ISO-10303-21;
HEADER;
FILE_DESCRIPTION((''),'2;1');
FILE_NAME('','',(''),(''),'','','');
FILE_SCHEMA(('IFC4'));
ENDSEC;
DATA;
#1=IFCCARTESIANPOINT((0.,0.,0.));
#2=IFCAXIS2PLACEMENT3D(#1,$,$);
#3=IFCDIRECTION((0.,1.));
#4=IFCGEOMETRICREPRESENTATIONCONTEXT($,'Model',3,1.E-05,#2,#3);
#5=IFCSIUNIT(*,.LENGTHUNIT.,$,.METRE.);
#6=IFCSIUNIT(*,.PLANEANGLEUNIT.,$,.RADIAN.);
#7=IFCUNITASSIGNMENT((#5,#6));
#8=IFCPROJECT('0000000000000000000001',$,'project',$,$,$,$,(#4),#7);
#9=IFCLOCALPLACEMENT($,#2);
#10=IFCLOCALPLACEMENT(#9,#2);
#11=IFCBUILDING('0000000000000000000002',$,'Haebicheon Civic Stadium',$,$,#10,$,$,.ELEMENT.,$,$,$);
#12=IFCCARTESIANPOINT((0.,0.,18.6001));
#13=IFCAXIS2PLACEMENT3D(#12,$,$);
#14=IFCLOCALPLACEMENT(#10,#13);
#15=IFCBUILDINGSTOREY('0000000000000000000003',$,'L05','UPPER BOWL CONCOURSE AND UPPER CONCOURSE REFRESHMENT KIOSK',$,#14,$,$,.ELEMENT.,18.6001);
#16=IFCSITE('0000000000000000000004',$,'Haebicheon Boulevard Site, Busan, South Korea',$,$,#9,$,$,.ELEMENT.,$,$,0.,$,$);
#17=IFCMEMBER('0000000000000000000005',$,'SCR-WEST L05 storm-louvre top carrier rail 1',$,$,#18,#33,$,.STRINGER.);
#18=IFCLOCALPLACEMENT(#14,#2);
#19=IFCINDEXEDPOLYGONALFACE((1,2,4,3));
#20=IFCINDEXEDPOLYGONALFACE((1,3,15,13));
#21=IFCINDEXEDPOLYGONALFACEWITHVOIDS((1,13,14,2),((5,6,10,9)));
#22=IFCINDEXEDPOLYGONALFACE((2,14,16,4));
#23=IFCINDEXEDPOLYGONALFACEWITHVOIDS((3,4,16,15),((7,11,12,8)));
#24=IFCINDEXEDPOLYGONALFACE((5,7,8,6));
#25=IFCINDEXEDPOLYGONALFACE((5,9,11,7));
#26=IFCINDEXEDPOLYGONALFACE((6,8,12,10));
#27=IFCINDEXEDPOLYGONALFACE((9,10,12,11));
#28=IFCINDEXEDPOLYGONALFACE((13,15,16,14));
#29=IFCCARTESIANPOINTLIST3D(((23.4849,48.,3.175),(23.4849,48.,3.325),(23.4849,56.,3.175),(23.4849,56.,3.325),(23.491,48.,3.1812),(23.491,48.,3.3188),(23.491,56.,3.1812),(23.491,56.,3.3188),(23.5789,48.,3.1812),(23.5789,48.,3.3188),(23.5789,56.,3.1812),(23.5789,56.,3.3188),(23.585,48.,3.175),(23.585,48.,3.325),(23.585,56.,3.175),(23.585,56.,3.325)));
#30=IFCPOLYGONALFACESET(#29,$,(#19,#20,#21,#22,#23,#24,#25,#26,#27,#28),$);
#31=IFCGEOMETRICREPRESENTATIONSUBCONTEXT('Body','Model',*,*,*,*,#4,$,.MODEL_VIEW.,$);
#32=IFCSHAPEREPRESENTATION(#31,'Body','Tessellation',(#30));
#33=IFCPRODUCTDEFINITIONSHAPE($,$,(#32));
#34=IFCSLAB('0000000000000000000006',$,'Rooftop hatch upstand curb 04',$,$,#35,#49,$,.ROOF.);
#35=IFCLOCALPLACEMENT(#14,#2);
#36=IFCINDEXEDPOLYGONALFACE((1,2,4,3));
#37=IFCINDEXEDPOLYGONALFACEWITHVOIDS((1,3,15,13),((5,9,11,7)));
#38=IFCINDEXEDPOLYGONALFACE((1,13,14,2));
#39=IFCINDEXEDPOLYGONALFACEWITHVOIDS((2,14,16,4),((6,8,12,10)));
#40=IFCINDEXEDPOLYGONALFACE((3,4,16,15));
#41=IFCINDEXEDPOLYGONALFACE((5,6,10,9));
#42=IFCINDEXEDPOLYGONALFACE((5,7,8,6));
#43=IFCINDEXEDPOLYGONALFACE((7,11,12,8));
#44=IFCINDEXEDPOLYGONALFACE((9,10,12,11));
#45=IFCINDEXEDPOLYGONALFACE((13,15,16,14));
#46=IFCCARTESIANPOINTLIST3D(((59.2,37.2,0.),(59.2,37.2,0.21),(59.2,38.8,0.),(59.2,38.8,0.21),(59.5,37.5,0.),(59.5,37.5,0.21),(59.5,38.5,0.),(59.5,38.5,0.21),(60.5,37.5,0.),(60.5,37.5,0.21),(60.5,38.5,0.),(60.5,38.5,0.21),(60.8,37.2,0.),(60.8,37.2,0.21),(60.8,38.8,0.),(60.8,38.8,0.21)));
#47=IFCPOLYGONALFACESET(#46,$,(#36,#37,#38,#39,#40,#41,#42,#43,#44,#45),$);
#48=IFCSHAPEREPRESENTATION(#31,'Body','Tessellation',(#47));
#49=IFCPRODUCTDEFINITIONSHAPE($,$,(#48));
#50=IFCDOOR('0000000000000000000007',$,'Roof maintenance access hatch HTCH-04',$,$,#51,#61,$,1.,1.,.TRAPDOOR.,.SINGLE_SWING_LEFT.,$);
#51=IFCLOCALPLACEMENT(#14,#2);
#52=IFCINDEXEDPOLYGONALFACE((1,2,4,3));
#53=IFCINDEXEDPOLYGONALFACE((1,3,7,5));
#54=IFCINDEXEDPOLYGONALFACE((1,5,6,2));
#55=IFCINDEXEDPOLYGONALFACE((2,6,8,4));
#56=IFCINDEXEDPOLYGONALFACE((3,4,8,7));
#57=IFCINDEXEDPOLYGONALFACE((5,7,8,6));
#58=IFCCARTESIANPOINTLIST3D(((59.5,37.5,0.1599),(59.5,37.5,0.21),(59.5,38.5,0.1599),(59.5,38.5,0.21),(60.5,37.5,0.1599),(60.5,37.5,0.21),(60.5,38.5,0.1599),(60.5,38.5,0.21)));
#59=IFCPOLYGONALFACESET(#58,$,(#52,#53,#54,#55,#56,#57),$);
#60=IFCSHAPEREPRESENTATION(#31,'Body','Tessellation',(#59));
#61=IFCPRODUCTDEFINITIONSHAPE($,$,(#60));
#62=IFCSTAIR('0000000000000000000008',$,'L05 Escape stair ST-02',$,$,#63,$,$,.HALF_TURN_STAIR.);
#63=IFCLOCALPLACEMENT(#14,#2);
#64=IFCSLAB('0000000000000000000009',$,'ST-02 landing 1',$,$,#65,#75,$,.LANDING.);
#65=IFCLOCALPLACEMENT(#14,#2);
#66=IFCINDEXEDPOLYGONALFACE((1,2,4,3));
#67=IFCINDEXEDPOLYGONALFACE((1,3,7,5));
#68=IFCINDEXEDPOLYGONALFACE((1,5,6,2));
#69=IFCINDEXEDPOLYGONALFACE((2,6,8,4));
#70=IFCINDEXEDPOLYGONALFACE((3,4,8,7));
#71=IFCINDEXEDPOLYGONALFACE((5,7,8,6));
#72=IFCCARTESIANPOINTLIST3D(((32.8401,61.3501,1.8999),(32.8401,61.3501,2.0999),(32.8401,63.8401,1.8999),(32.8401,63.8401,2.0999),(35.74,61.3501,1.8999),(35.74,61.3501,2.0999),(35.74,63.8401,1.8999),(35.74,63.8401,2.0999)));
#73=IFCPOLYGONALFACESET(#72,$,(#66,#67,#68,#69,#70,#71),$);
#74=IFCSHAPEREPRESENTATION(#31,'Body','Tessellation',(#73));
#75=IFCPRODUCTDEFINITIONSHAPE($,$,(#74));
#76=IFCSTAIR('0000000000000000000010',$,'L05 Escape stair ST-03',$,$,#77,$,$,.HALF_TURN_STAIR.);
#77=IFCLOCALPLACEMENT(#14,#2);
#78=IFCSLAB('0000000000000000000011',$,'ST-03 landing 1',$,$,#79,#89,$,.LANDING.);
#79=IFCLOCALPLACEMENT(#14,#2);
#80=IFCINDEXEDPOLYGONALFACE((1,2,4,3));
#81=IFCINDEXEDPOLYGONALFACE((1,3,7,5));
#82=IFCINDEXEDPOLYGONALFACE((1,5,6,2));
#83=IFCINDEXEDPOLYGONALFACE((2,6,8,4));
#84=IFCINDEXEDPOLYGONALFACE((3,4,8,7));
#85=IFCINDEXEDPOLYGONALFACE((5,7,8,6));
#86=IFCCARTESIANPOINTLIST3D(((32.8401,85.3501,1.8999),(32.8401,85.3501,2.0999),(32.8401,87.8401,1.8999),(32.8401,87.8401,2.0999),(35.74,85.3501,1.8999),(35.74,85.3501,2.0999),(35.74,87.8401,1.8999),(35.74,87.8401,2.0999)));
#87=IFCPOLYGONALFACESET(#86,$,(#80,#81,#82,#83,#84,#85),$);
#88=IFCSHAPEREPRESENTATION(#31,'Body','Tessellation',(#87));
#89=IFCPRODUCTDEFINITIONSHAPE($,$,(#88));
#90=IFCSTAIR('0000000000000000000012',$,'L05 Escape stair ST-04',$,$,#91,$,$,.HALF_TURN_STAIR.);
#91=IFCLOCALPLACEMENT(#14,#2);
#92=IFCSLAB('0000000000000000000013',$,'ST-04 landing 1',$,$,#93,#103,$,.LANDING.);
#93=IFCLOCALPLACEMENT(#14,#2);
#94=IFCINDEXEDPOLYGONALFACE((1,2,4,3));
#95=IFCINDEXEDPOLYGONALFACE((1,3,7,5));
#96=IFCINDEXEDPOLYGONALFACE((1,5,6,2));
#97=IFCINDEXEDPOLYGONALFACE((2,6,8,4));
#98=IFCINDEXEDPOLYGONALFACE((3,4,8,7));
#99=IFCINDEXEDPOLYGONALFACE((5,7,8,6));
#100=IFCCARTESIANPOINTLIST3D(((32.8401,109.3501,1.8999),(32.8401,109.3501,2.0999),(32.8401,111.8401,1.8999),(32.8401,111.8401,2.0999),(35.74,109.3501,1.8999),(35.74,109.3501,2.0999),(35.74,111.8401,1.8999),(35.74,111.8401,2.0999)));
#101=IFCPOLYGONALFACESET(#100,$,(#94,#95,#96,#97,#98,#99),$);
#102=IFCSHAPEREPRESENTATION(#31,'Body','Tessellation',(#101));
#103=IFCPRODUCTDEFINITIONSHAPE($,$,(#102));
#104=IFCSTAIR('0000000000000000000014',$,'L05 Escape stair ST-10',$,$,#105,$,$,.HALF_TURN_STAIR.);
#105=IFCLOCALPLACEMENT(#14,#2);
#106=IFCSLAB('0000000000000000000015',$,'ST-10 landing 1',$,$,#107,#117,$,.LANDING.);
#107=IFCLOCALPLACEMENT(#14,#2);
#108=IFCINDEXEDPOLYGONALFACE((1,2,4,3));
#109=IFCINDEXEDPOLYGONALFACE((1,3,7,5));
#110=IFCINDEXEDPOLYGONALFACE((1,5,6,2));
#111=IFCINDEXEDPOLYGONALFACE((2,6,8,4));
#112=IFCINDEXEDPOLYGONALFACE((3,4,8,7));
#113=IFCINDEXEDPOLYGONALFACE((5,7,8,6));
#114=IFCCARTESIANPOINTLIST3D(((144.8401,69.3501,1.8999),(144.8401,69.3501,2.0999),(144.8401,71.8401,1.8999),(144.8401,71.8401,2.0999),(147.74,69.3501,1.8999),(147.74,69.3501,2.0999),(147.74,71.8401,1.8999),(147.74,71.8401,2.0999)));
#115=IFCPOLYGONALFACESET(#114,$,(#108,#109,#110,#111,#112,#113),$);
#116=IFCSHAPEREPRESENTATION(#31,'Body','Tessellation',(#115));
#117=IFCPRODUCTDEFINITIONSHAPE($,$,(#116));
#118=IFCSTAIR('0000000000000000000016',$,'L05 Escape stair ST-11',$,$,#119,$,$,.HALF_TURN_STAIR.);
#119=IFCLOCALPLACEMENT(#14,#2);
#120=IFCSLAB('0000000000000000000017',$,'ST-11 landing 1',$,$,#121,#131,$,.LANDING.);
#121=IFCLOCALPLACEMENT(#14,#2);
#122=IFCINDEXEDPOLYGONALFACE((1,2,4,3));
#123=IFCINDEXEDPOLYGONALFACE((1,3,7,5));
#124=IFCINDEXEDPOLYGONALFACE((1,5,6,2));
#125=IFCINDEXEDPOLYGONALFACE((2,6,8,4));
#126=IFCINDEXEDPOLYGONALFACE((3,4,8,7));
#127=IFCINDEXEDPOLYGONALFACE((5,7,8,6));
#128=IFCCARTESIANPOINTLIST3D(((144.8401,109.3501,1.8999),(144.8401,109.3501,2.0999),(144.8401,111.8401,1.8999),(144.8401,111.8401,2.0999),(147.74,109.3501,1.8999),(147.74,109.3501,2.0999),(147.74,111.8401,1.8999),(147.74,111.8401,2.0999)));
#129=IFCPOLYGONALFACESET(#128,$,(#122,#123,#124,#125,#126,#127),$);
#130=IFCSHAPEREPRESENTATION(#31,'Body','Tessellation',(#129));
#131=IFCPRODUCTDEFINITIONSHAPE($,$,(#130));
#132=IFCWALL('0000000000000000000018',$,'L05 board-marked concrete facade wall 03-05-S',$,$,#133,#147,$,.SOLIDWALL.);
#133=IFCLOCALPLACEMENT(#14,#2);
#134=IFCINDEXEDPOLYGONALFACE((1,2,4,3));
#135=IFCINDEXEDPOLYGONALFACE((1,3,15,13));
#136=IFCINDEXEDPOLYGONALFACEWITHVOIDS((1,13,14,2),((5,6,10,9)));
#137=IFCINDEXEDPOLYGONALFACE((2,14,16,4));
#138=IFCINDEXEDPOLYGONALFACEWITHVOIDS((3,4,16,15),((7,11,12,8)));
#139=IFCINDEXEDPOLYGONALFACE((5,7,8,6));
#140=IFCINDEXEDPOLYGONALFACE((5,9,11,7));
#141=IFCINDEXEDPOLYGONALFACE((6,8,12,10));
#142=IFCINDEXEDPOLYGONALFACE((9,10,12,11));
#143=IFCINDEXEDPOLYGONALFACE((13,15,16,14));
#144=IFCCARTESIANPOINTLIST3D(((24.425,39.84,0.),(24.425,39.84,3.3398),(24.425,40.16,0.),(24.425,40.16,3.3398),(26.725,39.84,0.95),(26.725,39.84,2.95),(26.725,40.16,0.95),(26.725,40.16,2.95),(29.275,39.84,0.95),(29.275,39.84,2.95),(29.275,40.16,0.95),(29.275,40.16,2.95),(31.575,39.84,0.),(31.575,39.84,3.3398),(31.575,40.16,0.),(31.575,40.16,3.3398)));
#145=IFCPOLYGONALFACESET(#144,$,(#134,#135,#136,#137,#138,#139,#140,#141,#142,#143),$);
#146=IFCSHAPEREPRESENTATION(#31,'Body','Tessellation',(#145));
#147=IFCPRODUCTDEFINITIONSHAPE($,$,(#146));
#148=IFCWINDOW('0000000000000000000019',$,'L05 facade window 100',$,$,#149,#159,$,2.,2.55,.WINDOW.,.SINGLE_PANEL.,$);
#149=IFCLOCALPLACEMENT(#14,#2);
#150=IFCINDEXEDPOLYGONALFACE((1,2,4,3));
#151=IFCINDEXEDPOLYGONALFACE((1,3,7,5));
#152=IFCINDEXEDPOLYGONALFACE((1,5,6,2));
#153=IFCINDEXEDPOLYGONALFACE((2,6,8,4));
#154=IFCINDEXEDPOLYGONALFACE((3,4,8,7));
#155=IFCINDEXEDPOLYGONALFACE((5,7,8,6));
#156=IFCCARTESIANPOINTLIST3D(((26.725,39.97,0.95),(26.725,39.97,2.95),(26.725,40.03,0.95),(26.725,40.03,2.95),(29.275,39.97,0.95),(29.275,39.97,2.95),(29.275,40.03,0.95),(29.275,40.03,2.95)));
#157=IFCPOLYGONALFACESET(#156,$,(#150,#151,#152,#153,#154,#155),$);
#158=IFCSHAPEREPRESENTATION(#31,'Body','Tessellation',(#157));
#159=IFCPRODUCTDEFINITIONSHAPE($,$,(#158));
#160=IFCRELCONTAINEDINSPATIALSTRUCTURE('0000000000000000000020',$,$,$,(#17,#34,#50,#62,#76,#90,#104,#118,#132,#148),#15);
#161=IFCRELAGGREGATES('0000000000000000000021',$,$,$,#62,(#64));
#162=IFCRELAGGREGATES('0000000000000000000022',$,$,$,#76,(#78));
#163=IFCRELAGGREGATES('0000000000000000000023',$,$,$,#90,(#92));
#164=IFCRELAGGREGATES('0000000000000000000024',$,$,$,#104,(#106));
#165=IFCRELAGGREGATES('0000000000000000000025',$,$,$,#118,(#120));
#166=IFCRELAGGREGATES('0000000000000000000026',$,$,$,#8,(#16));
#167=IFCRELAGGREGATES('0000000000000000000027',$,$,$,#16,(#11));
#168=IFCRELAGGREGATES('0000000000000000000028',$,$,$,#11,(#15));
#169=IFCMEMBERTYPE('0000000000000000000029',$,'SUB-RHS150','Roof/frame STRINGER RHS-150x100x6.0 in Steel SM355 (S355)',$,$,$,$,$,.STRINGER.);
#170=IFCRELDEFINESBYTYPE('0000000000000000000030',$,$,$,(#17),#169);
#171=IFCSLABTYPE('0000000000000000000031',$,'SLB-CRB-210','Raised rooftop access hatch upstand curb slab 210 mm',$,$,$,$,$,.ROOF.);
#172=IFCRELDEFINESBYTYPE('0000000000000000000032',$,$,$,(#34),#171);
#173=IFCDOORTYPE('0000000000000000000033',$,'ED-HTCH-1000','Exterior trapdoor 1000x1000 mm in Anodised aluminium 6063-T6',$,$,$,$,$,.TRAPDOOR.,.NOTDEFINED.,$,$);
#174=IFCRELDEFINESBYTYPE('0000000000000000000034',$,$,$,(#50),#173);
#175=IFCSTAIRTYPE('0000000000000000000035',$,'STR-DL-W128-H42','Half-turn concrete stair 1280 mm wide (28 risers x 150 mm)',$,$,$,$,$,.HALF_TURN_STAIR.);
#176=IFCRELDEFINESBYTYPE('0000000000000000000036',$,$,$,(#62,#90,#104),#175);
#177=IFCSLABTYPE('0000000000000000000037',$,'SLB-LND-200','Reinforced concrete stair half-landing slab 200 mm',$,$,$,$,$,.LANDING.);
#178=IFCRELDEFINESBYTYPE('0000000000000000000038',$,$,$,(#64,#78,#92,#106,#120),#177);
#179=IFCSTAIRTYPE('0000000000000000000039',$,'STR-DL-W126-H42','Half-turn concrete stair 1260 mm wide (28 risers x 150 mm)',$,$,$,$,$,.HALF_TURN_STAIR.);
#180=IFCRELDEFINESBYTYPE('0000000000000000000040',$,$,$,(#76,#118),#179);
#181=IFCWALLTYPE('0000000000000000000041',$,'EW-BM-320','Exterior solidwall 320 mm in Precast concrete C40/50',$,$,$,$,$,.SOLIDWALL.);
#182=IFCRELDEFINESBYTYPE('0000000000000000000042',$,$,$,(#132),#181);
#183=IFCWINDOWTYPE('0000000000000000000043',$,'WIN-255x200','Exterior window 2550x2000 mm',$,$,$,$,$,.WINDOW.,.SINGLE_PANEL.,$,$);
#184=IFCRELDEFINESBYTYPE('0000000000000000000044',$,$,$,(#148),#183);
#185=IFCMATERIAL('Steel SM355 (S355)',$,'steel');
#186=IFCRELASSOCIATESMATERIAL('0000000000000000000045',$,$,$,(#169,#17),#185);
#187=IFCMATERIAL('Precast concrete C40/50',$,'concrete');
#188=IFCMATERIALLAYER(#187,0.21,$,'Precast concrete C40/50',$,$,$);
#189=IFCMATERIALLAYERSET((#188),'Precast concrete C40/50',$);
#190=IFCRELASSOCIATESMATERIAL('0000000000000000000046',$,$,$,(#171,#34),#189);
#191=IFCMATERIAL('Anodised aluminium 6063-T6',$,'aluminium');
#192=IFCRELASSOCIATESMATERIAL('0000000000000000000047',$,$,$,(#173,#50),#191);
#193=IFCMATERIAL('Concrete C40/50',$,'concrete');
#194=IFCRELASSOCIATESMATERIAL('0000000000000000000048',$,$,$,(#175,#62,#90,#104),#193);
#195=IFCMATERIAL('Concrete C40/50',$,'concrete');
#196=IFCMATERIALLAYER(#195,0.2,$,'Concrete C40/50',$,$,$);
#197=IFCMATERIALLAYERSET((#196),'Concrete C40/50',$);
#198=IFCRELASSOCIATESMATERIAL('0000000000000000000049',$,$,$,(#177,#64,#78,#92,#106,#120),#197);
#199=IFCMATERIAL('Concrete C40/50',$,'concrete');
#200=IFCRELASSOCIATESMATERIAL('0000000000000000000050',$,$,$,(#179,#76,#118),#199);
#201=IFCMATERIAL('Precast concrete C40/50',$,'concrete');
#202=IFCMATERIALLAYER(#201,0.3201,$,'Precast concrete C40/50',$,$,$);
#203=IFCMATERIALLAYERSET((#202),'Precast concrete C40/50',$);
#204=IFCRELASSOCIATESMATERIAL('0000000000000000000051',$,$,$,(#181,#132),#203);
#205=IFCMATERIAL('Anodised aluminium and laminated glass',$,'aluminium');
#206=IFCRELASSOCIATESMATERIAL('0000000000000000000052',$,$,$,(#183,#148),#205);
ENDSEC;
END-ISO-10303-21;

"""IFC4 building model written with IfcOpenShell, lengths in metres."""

from ifc_helpers import new_model, si_unit, direction, frame, frame_2d, origin, origin_2d, place, context, subcontext, project, spatial, polyline, rectangle, hollow_rectangle, outline, extrude, material, layer, layer_set, material_profile, profile_set, type_object, element, fill, aggregate, save


model = new_model("IFC4")

# Units and contexts
model_context = context("Model", 3, precision=1e-05, world=origin(), true_north=direction((0.0, 1.0)))
body_context = subcontext(model_context, "Body", "Model", "MODEL_VIEW")
ifc_project = project(units=[si_unit("LENGTHUNIT", "METRE"), si_unit("PLANEANGLEUNIT", "RADIAN")], contexts=[model_context])

# Site, building, storey
site_placement = place(None, origin())
site = spatial("IfcSite", under=ifc_project, at=site_placement, Name="Haebicheon Boulevard Site, Busan, South Korea", CompositionType="ELEMENT", RefElevation=0.0)
building_placement = place(site_placement, origin())
building = spatial("IfcBuilding", under=site, at=building_placement, Name="Haebicheon Civic Stadium", CompositionType="ELEMENT")
storey_placement = place(building_placement, frame((0.0, 0.0, 18.6001)))
storey = spatial("IfcBuildingStorey", under=building, at=storey_placement, Name="L05", Description="UPPER BOWL CONCOURSE AND UPPER CONCOURSE REFRESHMENT KIOSK", CompositionType="ELEMENT", Elevation=18.6001)

# Member
ifc_material_1 = material(Name="Steel SM355 (S355)", Category="steel")
ifc_material_profile_1 = material_profile(ifc_material_1, hollow_rectangle(XDim=0.1001, YDim=0.1499, WallThickness=0.0061, at=origin_2d()), Name="RHS-150x100x6.0")
ifc_profile_set_1 = profile_set([ifc_material_profile_1], Name="Steel SM355 (S355)")
member_type = type_object("IfcMemberType", Name="SUB-RHS150", Description="Roof/frame STRINGER RHS-150x100x6.0 in Steel SM355 (S355)", PredefinedType="STRINGER", material=ifc_profile_set_1)
for number, where, z_axis, x_axis, name in (
    (1, (23.5349, 48.0, 3.25), (0.0, 1.0, 0.0), (-1.0, 0.0, 0.0), "SCR-WEST L05 storm-louvre top carrier rail 1"),
):
    element("IfcMember", number, at=place(storey_placement, frame(where, z_axis=z_axis, x_axis=x_axis)), inside=storey, type_object=member_type, material=ifc_profile_set_1, Name=name, PredefinedType="STRINGER", context=body_context, shape_type="SweptSolid", body=[
        extrude(hollow_rectangle(XDim=0.1001, YDim=0.1499, WallThickness=0.0061, at=origin_2d()), origin(), (0.0, 0.0, 1.0), 8.0),
    ])

# Slab, opening, door
ifc_material_2 = material(Name="Precast concrete C40/50", Category="concrete")
ifc_layer_1 = layer(ifc_material_2, 0.21, Name="Precast concrete C40/50")
ifc_layer_set_1 = layer_set([ifc_layer_1], Name="Precast concrete C40/50")
slab_type_1 = type_object("IfcSlabType", Name="SLB-CRB-210", Description="Raised rooftop access hatch upstand curb slab 210 mm", PredefinedType="ROOF", material=ifc_layer_set_1)
slab_1_placement = place(storey_placement, origin())
slab_1 = element("IfcSlab", 2, at=slab_1_placement, inside=storey, type_object=slab_type_1, material=ifc_layer_set_1, Name="Rooftop hatch upstand curb 04", PredefinedType="ROOF", context=body_context, shape_type="SweptSolid", body=[
    extrude(outline(polyline([(59.2, 37.2), (60.8, 37.2), (60.8, 38.8), (59.2, 38.8), (59.2, 37.2)]), holes=[polyline([(59.5, 37.5), (60.5, 37.5), (60.5, 38.5), (59.5, 38.5), (59.5, 37.5)])]), origin(), (0.0, 0.0, 1.0), 0.21),
])
opening_1_placement = place(slab_1_placement, frame((60.0, 38.0, -0.01)))
opening_1 = element("IfcOpeningElement", 3, at=opening_1_placement, cuts=slab_1, PredefinedType="OPENING", context=body_context, shape_type="SweptSolid", body=[
    extrude(rectangle(XDim=1.0, YDim=1.0, at=origin_2d()), origin(), (0.0, 0.0, 1.0), 0.23),
])
ifc_material_3 = material(Name="Anodised aluminium 6063-T6", Category="aluminium")
door_type = type_object("IfcDoorType", Name="ED-HTCH-1000", Description="Exterior trapdoor 1000x1000 mm in Anodised aluminium 6063-T6", OperationType="NOTDEFINED", PredefinedType="TRAPDOOR", material=ifc_material_3)
door_placement = place(slab_1_placement, frame((60.0, 38.0, 0.1599)))
door = element("IfcDoor", 4, at=door_placement, inside=storey, type_object=door_type, material=ifc_material_3, Name="Roof maintenance access hatch HTCH-04", OperationType="SINGLE_SWING_LEFT", OverallHeight=1.0, OverallWidth=1.0, PredefinedType="TRAPDOOR", context=body_context, shape_type="SweptSolid", body=[
    extrude(rectangle(XDim=1.0, YDim=1.0, at=origin_2d()), origin(), (0.0, 0.0, 1.0), 0.05),
])
fill(opening_1, door)

# Stairs, slabs
ifc_material_4 = material(Name="Concrete C40/50", Category="concrete")
stair_type_1 = type_object("IfcStairType", Name="STR-DL-W128-H42", Description="Half-turn concrete stair 1280 mm wide (28 risers x 150 mm)", PredefinedType="HALF_TURN_STAIR", material=ifc_material_4)
stair_1_placement = place(storey_placement, origin())
stair_1 = element("IfcStair", 5, at=stair_1_placement, inside=storey, type_object=stair_type_1, material=ifc_material_4, Name="L05 Escape stair ST-02", PredefinedType="HALF_TURN_STAIR")
ifc_material_5 = material(Name="Concrete C40/50", Category="concrete")
ifc_layer_2 = layer(ifc_material_5, 0.2, Name="Concrete C40/50")
ifc_layer_set_2 = layer_set([ifc_layer_2], Name="Concrete C40/50")
slab_type_2 = type_object("IfcSlabType", Name="SLB-LND-200", Description="Reinforced concrete stair half-landing slab 200 mm", PredefinedType="LANDING", material=ifc_layer_set_2)
slab_2_placement = place(storey_placement, frame((0.0, 0.0, 1.8999)))
slab_2 = element("IfcSlab", 6, at=slab_2_placement, type_object=slab_type_2, material=ifc_layer_set_2, Name="ST-02 landing 1", PredefinedType="LANDING", context=body_context, shape_type="SweptSolid", body=[
    extrude(outline(polyline([(35.74, 61.3501), (35.74, 63.8401), (32.8401, 63.8401), (32.8401, 61.3501), (35.74, 61.3501)])), origin(), (0.0, 0.0, 1.0), 0.2),
])
aggregate(stair_1, [slab_2])
ifc_material_6 = material(Name="Concrete C40/50", Category="concrete")
stair_type_2 = type_object("IfcStairType", Name="STR-DL-W126-H42", Description="Half-turn concrete stair 1260 mm wide (28 risers x 150 mm)", PredefinedType="HALF_TURN_STAIR", material=ifc_material_6)
stair_2_placement = place(storey_placement, origin())
stair_2 = element("IfcStair", 7, at=stair_2_placement, inside=storey, type_object=stair_type_2, material=ifc_material_6, Name="L05 Escape stair ST-03", PredefinedType="HALF_TURN_STAIR")
slab_3_placement = place(storey_placement, frame((0.0, 0.0, 1.8999)))
slab_3 = element("IfcSlab", 8, at=slab_3_placement, type_object=slab_type_2, material=ifc_layer_set_2, Name="ST-03 landing 1", PredefinedType="LANDING", context=body_context, shape_type="SweptSolid", body=[
    extrude(outline(polyline([(35.74, 85.3501), (35.74, 87.8401), (32.8401, 87.8401), (32.8401, 85.3501), (35.74, 85.3501)])), origin(), (0.0, 0.0, 1.0), 0.2),
])
aggregate(stair_2, [slab_3])
stair_3_placement = place(storey_placement, origin())
stair_3 = element("IfcStair", 9, at=stair_3_placement, inside=storey, type_object=stair_type_1, material=ifc_material_4, Name="L05 Escape stair ST-04", PredefinedType="HALF_TURN_STAIR")
slab_4_placement = place(storey_placement, frame((0.0, 0.0, 1.8999)))
slab_4 = element("IfcSlab", 10, at=slab_4_placement, type_object=slab_type_2, material=ifc_layer_set_2, Name="ST-04 landing 1", PredefinedType="LANDING", context=body_context, shape_type="SweptSolid", body=[
    extrude(outline(polyline([(35.74, 109.3501), (35.74, 111.8401), (32.8401, 111.8401), (32.8401, 109.3501), (35.74, 109.3501)])), origin(), (0.0, 0.0, 1.0), 0.2),
])
aggregate(stair_3, [slab_4])
stair_4_placement = place(storey_placement, origin())
stair_4 = element("IfcStair", 11, at=stair_4_placement, inside=storey, type_object=stair_type_1, material=ifc_material_4, Name="L05 Escape stair ST-10", PredefinedType="HALF_TURN_STAIR")
slab_5_placement = place(storey_placement, frame((0.0, 0.0, 1.8999)))
slab_5 = element("IfcSlab", 12, at=slab_5_placement, type_object=slab_type_2, material=ifc_layer_set_2, Name="ST-10 landing 1", PredefinedType="LANDING", context=body_context, shape_type="SweptSolid", body=[
    extrude(outline(polyline([(147.74, 69.3501), (147.74, 71.8401), (144.8401, 71.8401), (144.8401, 69.3501), (147.74, 69.3501)])), origin(), (0.0, 0.0, 1.0), 0.2),
])
aggregate(stair_4, [slab_5])
stair_5_placement = place(storey_placement, origin())
stair_5 = element("IfcStair", 13, at=stair_5_placement, inside=storey, type_object=stair_type_2, material=ifc_material_6, Name="L05 Escape stair ST-11", PredefinedType="HALF_TURN_STAIR")
slab_6_placement = place(storey_placement, frame((0.0, 0.0, 1.8999)))
slab_6 = element("IfcSlab", 14, at=slab_6_placement, type_object=slab_type_2, material=ifc_layer_set_2, Name="ST-11 landing 1", PredefinedType="LANDING", context=body_context, shape_type="SweptSolid", body=[
    extrude(outline(polyline([(147.74, 109.3501), (147.74, 111.8401), (144.8401, 111.8401), (144.8401, 109.3501), (147.74, 109.3501)])), origin(), (0.0, 0.0, 1.0), 0.2),
])
aggregate(stair_5, [slab_6])

# Wall, opening, window
ifc_material_7 = material(Name="Precast concrete C40/50", Category="concrete")
ifc_layer_3 = layer(ifc_material_7, 0.3201, Name="Precast concrete C40/50")
ifc_layer_set_3 = layer_set([ifc_layer_3], Name="Precast concrete C40/50")
wall_type = type_object("IfcWallType", Name="EW-BM-320", Description="Exterior solidwall 320 mm in Precast concrete C40/50", PredefinedType="SOLIDWALL", material=ifc_layer_set_3)
wall_1_placement = place(storey_placement, frame((24.425, 40.0, 0.0), z_axis=(0.0, 0.0, 1.0), x_axis=(1.0, 0.0, 0.0)))
wall_1 = element("IfcWall", 15, at=wall_1_placement, inside=storey, type_object=wall_type, material=ifc_layer_set_3, Name="L05 board-marked concrete facade wall 03-05-S", PredefinedType="SOLIDWALL", context=body_context, shape_type="SweptSolid", body=[
    extrude(rectangle(XDim=7.1499, YDim=0.3201, at=frame_2d((3.575, 0.0))), origin(), (0.0, 0.0, 1.0), 3.3398),
])
opening_2_placement = place(wall_1_placement, frame((2.3, 0.0, 0.95)))
opening_2 = element("IfcOpeningElement", 16, at=opening_2_placement, cuts=wall_1, PredefinedType="OPENING", context=body_context, shape_type="SweptSolid", body=[
    extrude(rectangle(XDim=2.55, YDim=2.0, at=frame_2d((1.2749, 1.0))), frame((0.0, 0.1699, 0.0), z_axis=(0.0, -1.0, 0.0), x_axis=(1.0, 0.0, 0.0)), (0.0, 0.0, 1.0), 0.3401),
])
ifc_material_8 = material(Name="Anodised aluminium and laminated glass", Category="aluminium")
window_type_1 = type_object("IfcWindowType", Name="WIN-255x200", Description="Exterior window 2550x2000 mm", PartitioningType="SINGLE_PANEL", PredefinedType="WINDOW", material=ifc_material_8)
window_1_placement = place(opening_2_placement, origin())
window_1 = element("IfcWindow", 17, at=window_1_placement, inside=storey, type_object=window_type_1, material=ifc_material_8, Name="L05 facade window 100", OverallHeight=2.0, OverallWidth=2.55, PartitioningType="SINGLE_PANEL", PredefinedType="WINDOW", context=body_context, shape_type="SweptSolid", body=[
    extrude(rectangle(XDim=2.55, YDim=2.0, at=frame_2d((1.2749, 1.0))), frame((0.0, 0.03, 0.0), z_axis=(0.0, -1.0, 0.0), x_axis=(1.0, 0.0, 0.0)), (0.0, 0.0, 1.0), 0.0601),
])
fill(opening_2, window_1)

save(model, "model.ifc")
